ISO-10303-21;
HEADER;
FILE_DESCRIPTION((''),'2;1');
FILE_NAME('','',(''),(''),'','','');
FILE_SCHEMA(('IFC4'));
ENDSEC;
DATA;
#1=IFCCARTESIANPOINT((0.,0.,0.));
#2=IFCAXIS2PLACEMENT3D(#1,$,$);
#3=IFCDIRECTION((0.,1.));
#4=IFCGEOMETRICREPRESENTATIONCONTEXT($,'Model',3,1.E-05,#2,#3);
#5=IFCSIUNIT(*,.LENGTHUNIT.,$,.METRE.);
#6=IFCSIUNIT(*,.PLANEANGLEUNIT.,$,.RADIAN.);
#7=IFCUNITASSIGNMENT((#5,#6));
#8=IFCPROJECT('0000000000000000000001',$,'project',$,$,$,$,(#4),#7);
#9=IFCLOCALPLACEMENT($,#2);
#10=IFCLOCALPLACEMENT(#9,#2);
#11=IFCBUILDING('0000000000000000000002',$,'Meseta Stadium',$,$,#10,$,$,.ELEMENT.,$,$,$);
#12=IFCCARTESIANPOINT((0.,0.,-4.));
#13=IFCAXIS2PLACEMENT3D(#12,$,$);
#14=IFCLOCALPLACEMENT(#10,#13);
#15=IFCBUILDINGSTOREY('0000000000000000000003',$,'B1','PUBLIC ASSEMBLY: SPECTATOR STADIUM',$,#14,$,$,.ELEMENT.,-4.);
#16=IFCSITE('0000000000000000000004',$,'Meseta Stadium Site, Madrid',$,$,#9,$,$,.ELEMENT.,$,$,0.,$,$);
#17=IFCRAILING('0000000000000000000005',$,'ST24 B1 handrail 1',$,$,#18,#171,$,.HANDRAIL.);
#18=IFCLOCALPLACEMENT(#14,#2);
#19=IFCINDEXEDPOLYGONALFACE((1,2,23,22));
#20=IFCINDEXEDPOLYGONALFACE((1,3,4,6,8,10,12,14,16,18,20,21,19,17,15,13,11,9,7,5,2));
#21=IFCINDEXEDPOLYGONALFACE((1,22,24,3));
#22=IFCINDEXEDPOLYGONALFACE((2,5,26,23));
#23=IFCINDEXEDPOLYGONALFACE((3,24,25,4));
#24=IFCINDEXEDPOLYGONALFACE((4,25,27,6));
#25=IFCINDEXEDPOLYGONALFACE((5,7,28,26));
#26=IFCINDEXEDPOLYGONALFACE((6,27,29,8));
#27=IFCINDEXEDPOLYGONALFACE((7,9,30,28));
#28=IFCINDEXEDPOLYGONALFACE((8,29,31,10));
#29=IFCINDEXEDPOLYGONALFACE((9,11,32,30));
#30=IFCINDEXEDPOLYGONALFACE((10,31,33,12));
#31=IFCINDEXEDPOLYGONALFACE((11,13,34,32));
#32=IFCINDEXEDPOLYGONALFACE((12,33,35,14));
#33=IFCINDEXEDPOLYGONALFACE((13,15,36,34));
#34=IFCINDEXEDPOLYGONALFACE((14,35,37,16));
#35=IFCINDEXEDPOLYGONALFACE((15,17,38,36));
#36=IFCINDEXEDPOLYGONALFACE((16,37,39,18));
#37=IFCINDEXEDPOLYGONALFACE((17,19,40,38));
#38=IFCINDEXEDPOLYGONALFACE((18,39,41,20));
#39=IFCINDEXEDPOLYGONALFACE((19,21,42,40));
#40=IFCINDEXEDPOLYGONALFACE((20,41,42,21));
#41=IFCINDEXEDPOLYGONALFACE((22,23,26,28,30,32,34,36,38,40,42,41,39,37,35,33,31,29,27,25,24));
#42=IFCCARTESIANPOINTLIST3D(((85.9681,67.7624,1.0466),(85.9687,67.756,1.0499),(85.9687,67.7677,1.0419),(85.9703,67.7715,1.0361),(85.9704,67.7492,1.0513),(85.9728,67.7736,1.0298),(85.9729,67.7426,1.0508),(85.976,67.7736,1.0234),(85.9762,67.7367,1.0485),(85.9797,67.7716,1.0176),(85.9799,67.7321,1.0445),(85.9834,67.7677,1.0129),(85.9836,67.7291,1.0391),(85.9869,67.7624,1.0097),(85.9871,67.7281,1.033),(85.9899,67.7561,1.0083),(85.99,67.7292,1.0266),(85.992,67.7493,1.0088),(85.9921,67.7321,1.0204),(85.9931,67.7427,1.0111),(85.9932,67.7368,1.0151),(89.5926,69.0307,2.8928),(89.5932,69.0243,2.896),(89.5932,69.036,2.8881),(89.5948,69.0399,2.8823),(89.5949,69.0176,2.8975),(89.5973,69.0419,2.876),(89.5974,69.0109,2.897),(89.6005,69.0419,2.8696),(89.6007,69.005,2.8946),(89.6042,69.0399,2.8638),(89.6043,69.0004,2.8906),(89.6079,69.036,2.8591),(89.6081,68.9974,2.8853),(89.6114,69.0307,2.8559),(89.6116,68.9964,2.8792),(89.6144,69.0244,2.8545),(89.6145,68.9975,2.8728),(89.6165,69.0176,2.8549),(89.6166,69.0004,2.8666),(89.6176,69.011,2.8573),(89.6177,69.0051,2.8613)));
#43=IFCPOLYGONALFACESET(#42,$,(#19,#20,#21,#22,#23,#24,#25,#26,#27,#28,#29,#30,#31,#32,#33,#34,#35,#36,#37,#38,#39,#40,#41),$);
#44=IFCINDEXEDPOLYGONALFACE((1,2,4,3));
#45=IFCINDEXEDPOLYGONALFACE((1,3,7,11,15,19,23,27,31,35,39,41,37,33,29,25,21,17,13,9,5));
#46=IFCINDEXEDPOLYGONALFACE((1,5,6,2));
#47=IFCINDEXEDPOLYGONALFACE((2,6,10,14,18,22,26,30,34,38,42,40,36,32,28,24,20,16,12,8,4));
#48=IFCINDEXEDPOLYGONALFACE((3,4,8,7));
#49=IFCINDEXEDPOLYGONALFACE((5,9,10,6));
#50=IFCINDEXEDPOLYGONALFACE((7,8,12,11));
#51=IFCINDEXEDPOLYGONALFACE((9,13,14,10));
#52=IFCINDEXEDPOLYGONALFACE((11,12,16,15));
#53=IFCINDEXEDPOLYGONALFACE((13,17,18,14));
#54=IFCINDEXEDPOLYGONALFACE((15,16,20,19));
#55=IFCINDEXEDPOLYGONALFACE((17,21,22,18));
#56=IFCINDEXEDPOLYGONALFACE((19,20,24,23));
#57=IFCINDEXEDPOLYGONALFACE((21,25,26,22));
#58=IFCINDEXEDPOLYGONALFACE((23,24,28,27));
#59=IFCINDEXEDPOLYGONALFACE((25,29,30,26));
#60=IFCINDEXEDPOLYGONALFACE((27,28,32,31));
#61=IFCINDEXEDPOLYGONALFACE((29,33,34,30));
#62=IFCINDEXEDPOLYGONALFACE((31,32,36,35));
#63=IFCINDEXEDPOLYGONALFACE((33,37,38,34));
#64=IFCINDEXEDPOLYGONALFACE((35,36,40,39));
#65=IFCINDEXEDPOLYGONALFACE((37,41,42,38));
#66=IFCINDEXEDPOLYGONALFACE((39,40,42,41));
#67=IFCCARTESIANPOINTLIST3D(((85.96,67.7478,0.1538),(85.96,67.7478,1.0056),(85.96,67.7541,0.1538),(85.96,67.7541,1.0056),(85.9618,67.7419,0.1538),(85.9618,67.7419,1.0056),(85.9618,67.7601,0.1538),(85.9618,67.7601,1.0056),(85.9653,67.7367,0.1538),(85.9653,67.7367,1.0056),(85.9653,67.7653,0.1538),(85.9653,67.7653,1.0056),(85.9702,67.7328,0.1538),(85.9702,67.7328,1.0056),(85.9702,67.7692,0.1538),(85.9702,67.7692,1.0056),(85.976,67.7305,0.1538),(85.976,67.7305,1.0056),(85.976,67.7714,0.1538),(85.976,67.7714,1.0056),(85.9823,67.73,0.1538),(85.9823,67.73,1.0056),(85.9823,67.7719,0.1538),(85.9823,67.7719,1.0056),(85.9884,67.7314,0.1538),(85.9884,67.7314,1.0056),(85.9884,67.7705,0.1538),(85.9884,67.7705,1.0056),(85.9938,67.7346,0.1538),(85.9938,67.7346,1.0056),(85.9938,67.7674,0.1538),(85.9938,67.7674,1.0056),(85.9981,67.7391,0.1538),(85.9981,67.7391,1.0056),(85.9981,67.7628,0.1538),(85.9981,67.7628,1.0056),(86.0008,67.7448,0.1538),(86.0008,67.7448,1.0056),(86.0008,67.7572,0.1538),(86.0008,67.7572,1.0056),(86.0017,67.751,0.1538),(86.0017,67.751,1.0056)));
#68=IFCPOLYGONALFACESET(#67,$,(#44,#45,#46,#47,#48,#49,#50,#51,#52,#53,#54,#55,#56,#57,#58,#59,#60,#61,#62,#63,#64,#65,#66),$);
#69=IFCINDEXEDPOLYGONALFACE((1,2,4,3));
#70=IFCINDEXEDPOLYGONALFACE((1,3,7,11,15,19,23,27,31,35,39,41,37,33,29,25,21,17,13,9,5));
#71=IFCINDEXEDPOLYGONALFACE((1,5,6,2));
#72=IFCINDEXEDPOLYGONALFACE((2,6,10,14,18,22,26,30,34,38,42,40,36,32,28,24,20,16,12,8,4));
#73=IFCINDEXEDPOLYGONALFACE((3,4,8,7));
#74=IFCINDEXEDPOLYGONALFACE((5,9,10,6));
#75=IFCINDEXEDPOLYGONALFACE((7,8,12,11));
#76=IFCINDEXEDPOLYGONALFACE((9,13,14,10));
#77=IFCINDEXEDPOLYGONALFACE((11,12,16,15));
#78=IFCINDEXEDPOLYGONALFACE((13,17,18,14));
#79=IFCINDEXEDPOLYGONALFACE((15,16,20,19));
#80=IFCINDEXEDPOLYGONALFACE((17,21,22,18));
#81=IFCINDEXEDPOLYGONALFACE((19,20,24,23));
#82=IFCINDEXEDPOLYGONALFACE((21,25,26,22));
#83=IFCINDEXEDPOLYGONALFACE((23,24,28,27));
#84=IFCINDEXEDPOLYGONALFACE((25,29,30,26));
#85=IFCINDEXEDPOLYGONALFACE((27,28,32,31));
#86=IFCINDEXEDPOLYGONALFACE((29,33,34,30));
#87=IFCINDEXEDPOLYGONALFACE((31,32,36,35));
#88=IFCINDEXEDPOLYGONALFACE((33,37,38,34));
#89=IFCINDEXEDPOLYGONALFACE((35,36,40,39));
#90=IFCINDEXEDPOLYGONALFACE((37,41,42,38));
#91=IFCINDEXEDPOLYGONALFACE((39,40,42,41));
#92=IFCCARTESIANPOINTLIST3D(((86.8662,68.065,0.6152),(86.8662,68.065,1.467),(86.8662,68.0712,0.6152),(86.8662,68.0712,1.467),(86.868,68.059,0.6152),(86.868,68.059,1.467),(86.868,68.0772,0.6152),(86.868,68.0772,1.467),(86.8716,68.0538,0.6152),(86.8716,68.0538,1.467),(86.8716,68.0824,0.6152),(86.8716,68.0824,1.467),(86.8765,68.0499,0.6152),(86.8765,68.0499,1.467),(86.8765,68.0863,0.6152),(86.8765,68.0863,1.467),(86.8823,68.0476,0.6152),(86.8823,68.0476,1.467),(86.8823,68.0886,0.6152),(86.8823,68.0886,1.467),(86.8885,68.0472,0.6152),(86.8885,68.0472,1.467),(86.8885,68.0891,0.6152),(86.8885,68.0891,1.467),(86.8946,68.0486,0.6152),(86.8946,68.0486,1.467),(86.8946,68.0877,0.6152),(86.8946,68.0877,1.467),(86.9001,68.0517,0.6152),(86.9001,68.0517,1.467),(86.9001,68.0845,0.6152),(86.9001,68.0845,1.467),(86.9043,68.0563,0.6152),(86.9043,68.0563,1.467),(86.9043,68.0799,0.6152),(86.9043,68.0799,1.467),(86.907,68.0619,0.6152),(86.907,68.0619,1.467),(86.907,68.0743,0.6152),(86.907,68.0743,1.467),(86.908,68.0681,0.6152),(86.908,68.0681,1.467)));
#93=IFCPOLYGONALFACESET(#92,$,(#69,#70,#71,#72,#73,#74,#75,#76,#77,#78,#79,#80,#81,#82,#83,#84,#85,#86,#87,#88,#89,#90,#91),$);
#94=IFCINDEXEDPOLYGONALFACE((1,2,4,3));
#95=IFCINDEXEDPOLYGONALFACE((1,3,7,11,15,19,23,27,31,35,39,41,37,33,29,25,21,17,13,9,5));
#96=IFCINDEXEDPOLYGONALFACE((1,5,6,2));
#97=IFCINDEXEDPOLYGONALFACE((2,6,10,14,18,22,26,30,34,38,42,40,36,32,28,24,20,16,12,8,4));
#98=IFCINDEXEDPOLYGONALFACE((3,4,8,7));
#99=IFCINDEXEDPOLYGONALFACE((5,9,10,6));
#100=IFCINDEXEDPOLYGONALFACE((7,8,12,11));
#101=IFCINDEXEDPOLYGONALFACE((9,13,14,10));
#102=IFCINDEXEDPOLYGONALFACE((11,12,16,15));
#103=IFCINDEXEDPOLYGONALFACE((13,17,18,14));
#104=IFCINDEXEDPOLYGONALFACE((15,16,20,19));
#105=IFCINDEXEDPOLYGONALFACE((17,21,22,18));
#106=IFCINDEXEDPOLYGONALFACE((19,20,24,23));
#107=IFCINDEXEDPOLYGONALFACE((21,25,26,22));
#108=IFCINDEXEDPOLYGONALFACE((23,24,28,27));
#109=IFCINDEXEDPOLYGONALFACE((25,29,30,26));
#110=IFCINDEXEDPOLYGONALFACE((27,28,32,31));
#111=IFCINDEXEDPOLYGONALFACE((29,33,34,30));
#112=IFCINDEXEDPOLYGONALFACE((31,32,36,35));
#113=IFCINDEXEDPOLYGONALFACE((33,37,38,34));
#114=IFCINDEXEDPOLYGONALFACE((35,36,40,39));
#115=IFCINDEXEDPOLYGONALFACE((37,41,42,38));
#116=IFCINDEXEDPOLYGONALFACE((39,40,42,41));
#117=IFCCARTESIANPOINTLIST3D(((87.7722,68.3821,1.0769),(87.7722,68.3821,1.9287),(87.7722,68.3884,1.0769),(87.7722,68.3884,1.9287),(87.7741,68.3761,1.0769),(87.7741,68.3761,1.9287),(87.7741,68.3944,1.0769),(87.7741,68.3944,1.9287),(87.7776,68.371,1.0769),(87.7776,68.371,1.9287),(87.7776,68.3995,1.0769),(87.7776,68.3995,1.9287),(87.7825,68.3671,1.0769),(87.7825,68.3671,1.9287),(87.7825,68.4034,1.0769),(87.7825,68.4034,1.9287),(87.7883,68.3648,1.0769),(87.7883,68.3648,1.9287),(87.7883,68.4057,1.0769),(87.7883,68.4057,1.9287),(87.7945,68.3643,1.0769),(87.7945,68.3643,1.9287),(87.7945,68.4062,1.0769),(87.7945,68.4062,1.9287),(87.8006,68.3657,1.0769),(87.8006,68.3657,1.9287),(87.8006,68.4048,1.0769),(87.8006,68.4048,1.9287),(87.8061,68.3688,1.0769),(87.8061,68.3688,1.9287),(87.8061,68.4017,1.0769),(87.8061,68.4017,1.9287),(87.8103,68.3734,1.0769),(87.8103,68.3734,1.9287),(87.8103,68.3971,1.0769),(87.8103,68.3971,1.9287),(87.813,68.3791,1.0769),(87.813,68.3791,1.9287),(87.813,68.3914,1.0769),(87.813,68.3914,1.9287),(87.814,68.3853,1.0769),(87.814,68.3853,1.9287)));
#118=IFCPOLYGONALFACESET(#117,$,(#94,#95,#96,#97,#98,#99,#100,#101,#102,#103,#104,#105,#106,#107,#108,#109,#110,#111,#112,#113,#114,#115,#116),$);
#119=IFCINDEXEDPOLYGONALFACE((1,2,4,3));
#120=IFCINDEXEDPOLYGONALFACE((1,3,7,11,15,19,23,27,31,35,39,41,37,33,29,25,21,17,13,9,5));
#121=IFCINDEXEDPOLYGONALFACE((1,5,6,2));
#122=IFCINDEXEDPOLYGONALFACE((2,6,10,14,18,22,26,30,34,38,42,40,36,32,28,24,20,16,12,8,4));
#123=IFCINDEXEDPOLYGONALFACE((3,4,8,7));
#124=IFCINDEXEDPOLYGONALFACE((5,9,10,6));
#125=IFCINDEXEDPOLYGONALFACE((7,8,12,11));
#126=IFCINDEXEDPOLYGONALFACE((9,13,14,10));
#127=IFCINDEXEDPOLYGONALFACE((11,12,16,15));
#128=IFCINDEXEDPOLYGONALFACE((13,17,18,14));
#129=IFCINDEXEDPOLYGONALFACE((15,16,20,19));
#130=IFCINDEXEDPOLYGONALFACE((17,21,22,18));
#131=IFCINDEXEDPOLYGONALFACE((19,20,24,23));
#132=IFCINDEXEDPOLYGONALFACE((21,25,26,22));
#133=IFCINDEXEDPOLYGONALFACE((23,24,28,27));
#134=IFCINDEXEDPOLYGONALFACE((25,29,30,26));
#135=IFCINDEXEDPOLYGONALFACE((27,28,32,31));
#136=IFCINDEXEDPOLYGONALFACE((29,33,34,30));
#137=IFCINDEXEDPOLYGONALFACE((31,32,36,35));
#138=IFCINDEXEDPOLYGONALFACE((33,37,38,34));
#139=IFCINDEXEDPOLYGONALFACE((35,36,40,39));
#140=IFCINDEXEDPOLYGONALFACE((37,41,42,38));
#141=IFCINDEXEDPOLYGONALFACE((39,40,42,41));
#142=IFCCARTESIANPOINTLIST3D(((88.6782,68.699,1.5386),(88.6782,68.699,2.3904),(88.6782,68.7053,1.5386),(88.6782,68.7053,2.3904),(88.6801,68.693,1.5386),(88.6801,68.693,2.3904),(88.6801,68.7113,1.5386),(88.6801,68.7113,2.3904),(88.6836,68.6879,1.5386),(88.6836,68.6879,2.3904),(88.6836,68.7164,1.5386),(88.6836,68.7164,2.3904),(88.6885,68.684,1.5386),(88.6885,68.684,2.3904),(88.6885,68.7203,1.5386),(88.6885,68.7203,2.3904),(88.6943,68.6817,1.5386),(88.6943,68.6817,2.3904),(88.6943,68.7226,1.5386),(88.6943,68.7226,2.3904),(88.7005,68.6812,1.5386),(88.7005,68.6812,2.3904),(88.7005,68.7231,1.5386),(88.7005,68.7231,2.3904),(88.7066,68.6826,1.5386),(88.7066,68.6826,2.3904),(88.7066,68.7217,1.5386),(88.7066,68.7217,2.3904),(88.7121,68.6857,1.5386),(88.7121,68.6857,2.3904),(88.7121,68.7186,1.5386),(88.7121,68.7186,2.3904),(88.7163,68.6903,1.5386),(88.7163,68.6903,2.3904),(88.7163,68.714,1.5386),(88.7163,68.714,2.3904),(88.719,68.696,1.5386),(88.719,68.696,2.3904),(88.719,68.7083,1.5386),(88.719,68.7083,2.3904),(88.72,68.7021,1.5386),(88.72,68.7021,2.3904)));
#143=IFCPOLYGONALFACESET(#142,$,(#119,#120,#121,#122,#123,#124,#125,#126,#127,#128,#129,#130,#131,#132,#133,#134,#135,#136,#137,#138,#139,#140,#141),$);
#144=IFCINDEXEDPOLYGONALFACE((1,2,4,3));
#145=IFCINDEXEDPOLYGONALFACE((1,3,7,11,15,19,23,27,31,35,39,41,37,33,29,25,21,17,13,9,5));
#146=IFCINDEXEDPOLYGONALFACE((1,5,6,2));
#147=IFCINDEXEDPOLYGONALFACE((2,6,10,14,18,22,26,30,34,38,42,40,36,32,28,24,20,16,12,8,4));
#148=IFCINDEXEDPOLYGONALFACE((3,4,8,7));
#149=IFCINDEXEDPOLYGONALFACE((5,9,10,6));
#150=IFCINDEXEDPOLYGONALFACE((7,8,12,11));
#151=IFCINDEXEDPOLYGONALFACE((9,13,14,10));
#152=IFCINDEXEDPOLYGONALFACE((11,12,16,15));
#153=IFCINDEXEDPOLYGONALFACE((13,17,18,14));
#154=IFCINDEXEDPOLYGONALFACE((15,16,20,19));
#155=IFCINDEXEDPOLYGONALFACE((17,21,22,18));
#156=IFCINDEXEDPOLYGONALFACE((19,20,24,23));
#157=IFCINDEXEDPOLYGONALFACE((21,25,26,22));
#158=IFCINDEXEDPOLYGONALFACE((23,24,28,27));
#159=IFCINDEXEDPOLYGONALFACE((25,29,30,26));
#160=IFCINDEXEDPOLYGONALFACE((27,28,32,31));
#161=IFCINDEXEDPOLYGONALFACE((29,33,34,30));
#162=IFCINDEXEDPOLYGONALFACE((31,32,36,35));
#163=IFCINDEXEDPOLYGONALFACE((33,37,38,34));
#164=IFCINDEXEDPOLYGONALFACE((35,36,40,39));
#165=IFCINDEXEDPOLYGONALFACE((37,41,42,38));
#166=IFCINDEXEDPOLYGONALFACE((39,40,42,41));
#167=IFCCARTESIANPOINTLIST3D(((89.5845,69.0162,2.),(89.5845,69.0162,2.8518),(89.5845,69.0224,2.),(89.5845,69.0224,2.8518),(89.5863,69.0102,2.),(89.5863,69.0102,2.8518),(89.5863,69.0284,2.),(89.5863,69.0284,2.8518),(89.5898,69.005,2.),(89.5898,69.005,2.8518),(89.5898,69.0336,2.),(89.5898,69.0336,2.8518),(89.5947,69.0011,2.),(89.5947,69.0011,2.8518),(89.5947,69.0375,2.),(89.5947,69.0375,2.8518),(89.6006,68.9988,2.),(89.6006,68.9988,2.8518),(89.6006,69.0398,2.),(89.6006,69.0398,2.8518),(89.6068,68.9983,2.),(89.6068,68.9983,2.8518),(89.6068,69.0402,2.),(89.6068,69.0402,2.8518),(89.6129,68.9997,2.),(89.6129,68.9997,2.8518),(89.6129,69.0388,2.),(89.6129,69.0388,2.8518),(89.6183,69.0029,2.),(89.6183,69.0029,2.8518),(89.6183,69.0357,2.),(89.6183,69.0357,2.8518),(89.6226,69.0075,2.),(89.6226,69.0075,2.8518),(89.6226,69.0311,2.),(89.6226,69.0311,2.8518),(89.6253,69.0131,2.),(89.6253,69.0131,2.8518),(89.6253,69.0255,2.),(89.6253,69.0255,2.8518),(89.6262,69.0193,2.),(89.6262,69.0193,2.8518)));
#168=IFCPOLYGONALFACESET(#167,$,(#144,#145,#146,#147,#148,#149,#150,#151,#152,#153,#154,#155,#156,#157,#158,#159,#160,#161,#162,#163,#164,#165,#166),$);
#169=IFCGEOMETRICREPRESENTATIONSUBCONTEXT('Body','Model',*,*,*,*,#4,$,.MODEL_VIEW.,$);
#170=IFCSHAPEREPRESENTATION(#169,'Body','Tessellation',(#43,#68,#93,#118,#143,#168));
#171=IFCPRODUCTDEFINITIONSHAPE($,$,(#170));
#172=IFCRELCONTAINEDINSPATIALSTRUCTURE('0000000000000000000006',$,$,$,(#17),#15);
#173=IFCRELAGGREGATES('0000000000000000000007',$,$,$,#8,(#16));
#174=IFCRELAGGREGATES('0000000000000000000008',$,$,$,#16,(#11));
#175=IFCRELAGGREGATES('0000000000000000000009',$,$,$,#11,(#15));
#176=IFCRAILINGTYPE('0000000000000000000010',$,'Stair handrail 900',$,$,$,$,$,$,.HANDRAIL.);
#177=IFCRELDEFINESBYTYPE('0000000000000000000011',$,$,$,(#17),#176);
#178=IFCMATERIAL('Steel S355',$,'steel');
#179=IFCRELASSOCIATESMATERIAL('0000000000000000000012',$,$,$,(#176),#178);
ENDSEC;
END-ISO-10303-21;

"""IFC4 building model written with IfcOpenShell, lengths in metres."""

from ifc_helpers import new_model, si_unit, direction, frame, origin, origin_2d, place, context, subcontext, project, spatial, circle, extrude, material, type_object, element, save


model = new_model("IFC4")

# Units and contexts
model_context = context("Model", 3, precision=1e-05, world=origin(), true_north=direction((0.0, 1.0)))
body_context = subcontext(model_context, "Body", "Model", "MODEL_VIEW")
ifc_project = project(units=[si_unit("LENGTHUNIT", "METRE"), si_unit("PLANEANGLEUNIT", "RADIAN")], contexts=[model_context])

# Site, building, storey
site_placement = place(None, origin())
site = spatial("IfcSite", under=ifc_project, at=site_placement, Name="Meseta Stadium Site, Madrid", CompositionType="ELEMENT", RefElevation=0.0)
building_placement = place(site_placement, origin())
building = spatial("IfcBuilding", under=site, at=building_placement, Name="Meseta Stadium", CompositionType="ELEMENT")
storey_placement = place(building_placement, frame((0.0, 0.0, -4.0)))
storey = spatial("IfcBuildingStorey", under=building, at=storey_placement, Name="B1", Description="PUBLIC ASSEMBLY: SPECTATOR STADIUM", CompositionType="ELEMENT", Elevation=-4.0)

# Railing
ifc_material_1 = material(Name="Steel S355", Category="steel")
railing_type_1 = type_object("IfcRailingType", Name="Stair handrail 900", PredefinedType="HANDRAIL", material=ifc_material_1)
railing_1_placement = place(storey_placement, frame((85.9807, 67.751, 0.1538)))
element("IfcRailing", 1, at=railing_1_placement, inside=storey, type_object=railing_type_1, Name="ST24 B1 handrail 1", PredefinedType="HANDRAIL", context=body_context, shape_type="SweptSolid", body=[
    extrude(circle(Radius=0.0239, at=origin_2d()), frame((0.0, 0.0, 0.876), z_axis=(0.850672, 0.297672, 0.4333), x_axis=(-0.330288, 0.94388, 0.0)), (0.0, 0.0, 1.0), 4.2607),
    extrude(circle(Radius=0.021, at=origin_2d()), origin(), (0.0, 0.0, 1.0), 0.8518),
    extrude(circle(Radius=0.021, at=origin_2d()), frame((0.9062, 0.3171, 0.4614)), (0.0, 0.0, 1.0), 0.8518),
    extrude(circle(Radius=0.021, at=origin_2d()), frame((1.8123, 0.6343, 0.9231)), (0.0, 0.0, 1.0), 0.8518),
    extrude(circle(Radius=0.021, at=origin_2d()), frame((2.7183, 0.9512, 1.3848)), (0.0, 0.0, 1.0), 0.8518),
    extrude(circle(Radius=0.021, at=origin_2d()), frame((3.6245, 1.2683, 1.8462)), (0.0, 0.0, 1.0), 0.8518),
])

save(model, "model.ifc")
